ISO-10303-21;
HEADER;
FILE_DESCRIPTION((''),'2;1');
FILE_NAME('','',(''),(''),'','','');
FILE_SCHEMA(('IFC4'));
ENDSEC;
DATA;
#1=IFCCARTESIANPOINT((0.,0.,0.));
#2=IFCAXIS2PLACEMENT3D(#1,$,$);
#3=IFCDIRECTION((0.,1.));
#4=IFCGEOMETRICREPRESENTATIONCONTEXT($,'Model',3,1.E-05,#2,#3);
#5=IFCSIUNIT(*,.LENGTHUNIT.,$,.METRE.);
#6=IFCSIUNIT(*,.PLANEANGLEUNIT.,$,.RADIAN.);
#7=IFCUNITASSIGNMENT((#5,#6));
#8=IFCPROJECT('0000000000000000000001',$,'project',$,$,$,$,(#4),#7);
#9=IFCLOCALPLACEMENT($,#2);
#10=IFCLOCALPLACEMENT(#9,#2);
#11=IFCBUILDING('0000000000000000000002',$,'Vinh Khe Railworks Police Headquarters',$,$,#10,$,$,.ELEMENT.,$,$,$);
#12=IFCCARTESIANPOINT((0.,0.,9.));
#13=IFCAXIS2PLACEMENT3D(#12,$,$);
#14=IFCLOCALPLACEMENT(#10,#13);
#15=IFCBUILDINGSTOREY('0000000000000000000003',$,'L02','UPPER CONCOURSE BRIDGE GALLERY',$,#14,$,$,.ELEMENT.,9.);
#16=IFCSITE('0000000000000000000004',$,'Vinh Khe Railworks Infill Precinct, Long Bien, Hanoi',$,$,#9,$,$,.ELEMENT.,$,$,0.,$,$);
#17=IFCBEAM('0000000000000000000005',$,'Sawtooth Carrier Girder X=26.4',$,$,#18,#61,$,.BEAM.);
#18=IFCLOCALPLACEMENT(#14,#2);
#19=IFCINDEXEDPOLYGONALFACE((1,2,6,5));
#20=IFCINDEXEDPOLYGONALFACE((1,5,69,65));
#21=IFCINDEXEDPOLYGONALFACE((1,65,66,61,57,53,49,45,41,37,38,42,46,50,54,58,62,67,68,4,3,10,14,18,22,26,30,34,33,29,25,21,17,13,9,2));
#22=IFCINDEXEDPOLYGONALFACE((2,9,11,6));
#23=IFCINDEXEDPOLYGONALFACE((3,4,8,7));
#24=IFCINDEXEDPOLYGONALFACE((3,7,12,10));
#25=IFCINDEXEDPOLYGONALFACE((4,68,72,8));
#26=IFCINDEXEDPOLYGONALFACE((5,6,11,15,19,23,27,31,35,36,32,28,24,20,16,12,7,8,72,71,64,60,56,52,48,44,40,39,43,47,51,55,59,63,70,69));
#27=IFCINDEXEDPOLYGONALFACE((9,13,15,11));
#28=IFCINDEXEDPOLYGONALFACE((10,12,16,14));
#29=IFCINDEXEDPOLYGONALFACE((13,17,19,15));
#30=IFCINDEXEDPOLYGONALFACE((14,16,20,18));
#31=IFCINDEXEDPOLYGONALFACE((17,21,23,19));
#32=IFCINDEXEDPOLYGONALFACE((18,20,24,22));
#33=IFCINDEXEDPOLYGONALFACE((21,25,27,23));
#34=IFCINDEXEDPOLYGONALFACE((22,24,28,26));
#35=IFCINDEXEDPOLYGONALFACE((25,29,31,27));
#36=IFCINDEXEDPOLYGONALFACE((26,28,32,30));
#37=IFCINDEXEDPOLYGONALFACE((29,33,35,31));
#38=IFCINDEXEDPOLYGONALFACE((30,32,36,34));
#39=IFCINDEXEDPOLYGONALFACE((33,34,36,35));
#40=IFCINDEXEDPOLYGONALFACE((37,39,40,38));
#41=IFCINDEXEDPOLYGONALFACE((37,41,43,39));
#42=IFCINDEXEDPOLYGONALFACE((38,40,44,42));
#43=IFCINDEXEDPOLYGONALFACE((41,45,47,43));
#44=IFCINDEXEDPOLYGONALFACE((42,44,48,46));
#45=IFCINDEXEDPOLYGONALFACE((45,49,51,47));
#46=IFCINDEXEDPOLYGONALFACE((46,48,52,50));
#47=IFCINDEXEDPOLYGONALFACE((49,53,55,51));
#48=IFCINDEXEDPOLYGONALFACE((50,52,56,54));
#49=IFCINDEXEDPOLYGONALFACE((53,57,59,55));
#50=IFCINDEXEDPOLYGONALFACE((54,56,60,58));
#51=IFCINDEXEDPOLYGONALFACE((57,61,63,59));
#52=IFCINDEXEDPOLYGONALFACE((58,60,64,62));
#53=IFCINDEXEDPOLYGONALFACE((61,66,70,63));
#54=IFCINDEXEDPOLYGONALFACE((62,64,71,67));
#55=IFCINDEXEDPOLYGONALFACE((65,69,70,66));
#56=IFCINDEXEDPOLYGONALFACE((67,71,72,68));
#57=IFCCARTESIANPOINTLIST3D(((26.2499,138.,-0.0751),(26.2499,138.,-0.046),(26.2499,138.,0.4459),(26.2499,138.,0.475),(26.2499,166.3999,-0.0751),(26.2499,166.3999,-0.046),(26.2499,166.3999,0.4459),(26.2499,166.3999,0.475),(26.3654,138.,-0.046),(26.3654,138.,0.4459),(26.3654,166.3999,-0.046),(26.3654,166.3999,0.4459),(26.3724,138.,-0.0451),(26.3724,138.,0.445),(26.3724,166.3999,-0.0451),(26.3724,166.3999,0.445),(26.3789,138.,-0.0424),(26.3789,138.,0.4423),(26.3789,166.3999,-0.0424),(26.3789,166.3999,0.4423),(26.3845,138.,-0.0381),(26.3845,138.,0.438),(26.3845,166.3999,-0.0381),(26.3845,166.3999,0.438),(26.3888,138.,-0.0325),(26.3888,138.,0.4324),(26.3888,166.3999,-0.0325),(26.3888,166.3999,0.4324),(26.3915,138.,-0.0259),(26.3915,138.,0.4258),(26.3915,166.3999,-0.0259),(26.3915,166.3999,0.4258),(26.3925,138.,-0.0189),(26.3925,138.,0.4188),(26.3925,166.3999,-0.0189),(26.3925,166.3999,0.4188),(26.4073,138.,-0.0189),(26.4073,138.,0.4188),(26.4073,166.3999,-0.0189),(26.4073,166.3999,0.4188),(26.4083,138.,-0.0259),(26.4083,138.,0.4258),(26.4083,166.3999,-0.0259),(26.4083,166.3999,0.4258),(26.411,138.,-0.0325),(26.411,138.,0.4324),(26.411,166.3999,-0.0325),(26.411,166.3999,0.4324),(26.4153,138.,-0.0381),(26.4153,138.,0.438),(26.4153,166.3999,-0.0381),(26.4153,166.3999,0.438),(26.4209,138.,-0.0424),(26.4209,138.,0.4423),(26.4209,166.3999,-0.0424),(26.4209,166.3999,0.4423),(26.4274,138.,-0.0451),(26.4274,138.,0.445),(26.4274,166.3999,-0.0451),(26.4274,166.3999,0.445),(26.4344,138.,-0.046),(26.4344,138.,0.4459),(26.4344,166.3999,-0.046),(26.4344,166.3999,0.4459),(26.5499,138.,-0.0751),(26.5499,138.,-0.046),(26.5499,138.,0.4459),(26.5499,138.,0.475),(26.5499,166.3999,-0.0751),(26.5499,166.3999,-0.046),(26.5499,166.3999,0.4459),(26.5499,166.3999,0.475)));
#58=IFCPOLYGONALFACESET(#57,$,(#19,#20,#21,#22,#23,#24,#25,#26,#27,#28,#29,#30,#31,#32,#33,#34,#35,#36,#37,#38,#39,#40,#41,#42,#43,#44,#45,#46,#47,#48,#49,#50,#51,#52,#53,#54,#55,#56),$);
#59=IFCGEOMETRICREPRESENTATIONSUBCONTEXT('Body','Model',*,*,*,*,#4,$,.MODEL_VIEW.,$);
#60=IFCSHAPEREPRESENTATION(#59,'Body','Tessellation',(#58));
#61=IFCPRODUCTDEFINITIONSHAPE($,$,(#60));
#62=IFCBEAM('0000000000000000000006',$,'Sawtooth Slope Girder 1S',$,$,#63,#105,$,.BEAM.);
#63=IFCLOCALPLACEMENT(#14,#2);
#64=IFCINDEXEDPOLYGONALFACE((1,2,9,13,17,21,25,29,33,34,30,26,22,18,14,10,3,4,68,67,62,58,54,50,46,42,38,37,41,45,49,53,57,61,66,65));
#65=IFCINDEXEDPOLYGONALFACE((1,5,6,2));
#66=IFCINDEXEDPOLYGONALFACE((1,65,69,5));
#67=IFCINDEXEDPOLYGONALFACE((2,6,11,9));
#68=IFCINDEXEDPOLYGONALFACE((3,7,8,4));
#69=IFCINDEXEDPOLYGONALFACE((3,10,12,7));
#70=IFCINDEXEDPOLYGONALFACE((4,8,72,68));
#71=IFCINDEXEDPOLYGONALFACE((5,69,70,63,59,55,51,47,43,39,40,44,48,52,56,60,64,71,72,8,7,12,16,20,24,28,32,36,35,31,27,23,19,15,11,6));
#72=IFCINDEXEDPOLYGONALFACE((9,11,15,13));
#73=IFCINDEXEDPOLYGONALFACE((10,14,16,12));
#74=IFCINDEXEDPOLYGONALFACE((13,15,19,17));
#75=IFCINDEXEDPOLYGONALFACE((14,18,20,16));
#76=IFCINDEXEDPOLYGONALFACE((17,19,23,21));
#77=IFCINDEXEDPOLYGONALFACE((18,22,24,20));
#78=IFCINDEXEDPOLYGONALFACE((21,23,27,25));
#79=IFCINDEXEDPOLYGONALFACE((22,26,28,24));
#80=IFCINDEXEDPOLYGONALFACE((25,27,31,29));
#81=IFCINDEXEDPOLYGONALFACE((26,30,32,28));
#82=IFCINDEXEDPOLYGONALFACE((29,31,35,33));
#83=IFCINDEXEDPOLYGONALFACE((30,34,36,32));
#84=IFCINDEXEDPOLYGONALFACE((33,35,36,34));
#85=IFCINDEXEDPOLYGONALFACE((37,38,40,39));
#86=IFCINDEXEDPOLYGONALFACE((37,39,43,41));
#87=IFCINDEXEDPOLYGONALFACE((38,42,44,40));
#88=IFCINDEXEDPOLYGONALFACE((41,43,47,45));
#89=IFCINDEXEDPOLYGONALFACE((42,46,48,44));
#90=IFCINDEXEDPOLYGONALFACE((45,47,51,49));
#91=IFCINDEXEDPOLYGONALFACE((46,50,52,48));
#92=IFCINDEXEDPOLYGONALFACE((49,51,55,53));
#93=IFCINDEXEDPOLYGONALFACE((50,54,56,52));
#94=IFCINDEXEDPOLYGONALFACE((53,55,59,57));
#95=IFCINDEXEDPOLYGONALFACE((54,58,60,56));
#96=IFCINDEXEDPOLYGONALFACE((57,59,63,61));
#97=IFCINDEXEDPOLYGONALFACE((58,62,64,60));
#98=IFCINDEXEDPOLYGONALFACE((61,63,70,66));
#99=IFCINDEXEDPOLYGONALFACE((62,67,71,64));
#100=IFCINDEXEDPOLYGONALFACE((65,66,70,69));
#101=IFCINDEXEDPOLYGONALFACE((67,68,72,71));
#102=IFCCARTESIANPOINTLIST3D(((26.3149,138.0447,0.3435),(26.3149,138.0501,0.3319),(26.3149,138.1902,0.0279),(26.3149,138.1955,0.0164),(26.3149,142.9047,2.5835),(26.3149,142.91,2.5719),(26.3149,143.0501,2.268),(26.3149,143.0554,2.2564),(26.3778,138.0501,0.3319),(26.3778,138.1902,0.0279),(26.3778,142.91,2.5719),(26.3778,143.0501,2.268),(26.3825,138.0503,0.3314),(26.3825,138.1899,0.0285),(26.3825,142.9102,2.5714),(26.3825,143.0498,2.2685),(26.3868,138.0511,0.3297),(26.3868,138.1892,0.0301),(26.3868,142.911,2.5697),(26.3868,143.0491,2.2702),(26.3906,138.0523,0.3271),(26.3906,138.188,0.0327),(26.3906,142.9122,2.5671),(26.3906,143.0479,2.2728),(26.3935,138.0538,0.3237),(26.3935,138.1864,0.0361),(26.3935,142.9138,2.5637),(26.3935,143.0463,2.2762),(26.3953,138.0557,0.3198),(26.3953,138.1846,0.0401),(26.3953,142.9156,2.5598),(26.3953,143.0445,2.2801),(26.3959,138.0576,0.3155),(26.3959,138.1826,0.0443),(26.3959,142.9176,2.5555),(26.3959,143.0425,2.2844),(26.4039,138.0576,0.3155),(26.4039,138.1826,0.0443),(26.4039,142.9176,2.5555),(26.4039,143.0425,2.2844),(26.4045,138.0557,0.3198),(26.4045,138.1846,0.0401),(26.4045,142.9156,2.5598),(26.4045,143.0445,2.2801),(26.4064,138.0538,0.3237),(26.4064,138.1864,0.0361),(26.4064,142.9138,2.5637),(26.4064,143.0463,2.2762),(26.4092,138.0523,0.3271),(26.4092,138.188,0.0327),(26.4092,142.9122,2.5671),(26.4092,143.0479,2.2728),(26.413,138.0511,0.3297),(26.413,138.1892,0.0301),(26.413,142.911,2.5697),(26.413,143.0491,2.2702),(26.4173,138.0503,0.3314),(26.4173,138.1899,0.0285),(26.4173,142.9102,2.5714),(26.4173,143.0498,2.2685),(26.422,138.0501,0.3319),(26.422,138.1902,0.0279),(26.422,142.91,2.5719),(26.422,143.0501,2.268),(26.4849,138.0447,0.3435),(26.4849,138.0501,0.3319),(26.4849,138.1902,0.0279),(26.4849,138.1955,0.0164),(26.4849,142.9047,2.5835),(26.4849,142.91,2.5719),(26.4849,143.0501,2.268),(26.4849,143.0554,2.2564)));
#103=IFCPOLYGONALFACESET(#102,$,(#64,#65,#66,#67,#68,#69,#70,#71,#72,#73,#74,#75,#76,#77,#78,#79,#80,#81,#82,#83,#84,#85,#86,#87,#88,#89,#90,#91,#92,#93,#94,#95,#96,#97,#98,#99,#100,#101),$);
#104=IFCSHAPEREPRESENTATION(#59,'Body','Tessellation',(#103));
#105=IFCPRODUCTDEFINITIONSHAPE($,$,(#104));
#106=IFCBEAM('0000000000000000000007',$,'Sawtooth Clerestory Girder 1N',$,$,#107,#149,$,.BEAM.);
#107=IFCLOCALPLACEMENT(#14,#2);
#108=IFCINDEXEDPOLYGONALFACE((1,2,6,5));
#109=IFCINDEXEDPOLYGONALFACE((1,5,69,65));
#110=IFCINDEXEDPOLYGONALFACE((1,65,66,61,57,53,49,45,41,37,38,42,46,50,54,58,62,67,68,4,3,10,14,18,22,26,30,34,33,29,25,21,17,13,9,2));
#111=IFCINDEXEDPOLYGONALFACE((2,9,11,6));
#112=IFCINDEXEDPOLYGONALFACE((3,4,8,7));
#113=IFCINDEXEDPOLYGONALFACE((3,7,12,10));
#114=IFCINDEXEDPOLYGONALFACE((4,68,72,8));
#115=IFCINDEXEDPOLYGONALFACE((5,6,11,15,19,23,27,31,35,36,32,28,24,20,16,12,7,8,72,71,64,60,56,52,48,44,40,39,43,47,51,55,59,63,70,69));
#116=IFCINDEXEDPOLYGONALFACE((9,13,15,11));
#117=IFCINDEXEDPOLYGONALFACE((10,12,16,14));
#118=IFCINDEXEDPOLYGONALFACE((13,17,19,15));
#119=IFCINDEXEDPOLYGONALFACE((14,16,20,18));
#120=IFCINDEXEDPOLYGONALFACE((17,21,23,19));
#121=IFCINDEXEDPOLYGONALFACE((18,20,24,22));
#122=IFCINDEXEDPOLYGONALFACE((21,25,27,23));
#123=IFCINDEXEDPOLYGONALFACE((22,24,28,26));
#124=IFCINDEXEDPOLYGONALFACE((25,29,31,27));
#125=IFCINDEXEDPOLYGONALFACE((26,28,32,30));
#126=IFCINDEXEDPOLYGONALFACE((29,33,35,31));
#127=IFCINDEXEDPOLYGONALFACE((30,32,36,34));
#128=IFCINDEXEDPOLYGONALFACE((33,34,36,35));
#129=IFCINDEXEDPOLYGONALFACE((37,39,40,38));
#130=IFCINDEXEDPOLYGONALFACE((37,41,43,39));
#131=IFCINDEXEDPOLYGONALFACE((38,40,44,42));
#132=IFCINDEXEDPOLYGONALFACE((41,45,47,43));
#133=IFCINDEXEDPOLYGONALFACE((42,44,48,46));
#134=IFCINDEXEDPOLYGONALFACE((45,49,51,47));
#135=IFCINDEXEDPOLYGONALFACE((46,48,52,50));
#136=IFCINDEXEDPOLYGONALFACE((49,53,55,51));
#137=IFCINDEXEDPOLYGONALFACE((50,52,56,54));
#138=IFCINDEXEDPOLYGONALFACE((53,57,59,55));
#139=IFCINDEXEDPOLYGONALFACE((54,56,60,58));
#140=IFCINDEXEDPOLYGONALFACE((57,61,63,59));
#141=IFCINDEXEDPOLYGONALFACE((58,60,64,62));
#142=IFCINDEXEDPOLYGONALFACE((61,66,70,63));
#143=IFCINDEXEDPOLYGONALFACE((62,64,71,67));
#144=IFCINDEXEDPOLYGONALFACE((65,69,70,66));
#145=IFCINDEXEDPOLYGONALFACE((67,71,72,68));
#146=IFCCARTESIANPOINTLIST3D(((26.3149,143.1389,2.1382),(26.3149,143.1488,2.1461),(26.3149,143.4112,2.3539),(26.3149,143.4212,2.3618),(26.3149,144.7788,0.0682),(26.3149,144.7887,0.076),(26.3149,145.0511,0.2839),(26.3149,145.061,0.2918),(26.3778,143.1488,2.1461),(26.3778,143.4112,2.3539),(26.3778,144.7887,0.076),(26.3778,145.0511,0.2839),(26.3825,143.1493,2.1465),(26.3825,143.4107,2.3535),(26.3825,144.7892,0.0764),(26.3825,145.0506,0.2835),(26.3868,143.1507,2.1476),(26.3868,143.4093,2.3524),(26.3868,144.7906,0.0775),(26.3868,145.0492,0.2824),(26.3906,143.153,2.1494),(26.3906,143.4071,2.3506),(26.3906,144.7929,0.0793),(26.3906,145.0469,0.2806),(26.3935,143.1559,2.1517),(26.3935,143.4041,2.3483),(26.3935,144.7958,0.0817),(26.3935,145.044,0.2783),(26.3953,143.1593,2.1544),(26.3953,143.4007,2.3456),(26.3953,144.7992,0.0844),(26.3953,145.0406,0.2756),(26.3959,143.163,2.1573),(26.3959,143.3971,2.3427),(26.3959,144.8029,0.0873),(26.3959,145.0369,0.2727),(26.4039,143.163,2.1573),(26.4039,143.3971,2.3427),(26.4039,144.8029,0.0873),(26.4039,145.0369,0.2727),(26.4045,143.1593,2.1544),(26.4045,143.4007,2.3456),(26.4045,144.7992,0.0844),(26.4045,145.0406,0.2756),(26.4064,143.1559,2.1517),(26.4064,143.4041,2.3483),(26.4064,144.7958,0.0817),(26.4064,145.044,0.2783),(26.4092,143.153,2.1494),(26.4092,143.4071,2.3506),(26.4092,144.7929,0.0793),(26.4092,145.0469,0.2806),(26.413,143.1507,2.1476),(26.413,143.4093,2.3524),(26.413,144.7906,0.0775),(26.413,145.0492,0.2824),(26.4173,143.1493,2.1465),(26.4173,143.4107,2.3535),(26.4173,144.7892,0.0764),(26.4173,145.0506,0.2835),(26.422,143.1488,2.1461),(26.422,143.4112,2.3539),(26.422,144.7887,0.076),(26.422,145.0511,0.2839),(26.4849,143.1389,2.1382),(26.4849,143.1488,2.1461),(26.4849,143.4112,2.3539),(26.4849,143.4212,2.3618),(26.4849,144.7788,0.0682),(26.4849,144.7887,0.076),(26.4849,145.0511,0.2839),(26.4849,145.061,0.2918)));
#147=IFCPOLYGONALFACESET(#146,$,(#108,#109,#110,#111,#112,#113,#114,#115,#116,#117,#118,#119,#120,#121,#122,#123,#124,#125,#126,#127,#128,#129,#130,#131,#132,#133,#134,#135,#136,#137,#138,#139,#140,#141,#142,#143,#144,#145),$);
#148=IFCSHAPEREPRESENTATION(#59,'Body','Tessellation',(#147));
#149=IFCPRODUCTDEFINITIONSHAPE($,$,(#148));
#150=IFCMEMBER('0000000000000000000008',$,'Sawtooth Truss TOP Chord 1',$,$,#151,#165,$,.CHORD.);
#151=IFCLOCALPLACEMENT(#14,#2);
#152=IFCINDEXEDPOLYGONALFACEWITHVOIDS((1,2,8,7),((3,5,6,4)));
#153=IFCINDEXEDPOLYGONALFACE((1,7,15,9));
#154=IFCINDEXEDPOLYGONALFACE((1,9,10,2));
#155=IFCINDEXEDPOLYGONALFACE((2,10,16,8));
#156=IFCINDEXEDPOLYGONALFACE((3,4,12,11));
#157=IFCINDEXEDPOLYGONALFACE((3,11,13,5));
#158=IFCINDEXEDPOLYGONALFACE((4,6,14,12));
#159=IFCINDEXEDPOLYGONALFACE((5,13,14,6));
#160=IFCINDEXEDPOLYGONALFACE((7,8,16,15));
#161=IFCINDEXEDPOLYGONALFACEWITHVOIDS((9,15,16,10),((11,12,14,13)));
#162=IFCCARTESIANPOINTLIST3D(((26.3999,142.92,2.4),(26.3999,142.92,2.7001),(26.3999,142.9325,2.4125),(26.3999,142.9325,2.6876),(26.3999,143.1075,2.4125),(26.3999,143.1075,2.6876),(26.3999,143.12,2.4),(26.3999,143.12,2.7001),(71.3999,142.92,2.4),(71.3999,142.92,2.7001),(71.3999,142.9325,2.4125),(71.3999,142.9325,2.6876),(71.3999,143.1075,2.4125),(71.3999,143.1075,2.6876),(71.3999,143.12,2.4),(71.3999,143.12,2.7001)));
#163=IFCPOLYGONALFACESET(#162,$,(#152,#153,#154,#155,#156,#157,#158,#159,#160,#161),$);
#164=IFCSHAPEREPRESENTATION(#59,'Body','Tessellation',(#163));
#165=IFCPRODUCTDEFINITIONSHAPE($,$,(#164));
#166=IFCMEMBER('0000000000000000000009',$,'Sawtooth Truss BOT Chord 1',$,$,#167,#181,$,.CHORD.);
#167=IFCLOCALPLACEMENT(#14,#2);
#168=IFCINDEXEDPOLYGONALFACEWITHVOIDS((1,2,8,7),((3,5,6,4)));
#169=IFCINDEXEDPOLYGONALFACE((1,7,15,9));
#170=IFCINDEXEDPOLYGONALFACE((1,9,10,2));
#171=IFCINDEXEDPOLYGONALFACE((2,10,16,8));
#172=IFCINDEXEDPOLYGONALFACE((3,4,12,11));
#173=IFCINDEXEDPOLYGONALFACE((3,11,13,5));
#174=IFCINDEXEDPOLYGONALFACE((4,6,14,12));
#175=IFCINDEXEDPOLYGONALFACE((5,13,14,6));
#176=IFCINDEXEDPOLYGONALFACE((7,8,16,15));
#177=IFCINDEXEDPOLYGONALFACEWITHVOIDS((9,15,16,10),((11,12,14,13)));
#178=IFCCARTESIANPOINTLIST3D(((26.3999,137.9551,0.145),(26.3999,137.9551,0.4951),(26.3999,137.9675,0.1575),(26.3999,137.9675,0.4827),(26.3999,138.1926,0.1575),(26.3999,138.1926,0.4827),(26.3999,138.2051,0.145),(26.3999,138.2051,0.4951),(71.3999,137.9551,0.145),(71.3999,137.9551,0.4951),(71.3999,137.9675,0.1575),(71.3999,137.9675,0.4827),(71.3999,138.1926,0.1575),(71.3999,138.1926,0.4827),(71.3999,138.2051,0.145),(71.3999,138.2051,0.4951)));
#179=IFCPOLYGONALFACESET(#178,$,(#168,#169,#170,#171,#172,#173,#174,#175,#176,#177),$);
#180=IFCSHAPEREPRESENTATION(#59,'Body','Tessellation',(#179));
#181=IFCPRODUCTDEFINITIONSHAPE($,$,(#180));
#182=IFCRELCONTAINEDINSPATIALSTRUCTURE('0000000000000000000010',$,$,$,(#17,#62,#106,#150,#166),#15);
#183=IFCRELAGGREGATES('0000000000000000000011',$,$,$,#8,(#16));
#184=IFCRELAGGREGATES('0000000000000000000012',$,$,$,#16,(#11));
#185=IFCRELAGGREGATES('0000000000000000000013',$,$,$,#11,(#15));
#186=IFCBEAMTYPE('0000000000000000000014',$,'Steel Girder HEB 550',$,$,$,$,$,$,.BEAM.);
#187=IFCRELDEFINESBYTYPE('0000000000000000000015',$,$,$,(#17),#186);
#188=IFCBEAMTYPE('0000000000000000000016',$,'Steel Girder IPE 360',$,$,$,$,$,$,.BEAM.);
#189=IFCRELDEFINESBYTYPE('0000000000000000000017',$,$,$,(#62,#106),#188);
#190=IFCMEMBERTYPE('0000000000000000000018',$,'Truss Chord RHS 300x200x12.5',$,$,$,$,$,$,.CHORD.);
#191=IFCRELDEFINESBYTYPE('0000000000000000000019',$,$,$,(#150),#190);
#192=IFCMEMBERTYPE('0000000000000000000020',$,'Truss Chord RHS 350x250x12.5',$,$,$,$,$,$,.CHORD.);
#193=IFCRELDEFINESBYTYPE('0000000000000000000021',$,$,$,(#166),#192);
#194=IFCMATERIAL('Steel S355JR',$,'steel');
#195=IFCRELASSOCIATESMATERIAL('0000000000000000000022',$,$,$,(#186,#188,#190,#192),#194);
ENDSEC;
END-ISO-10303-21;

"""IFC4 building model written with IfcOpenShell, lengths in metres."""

from ifc_helpers import new_model, si_unit, direction, frame, origin, origin_2d, place, context, subcontext, project, spatial, hollow_rectangle, i_section, extrude, material, material_profile, profile_set, type_object, element, save


model = new_model("IFC4")

# Units and contexts
model_context = context("Model", 3, precision=1e-05, world=origin(), true_north=direction((0.0, 1.0)))
body_context = subcontext(model_context, "Body", "Model", "MODEL_VIEW")
ifc_project = project(units=[si_unit("LENGTHUNIT", "METRE"), si_unit("PLANEANGLEUNIT", "RADIAN")], contexts=[model_context])

# Site, building, storey
site_placement = place(None, origin())
site = spatial("IfcSite", under=ifc_project, at=site_placement, Name="Vinh Khe Railworks Infill Precinct, Long Bien, Hanoi", CompositionType="ELEMENT", RefElevation=0.0)
building_placement = place(site_placement, origin())
building = spatial("IfcBuilding", under=site, at=building_placement, Name="Vinh Khe Railworks Police Headquarters", CompositionType="ELEMENT")
storey_placement = place(building_placement, frame((0.0, 0.0, 9.0)))
storey = spatial("IfcBuildingStorey", under=building, at=storey_placement, Name="L02", Description="UPPER CONCOURSE BRIDGE GALLERY", CompositionType="ELEMENT", Elevation=9.0)

# Shared definitions
ifc_material_1 = material(Name="Steel S355JR", Category="steel")

# Beams
ifc_material_profile_1 = material_profile(ifc_material_1, i_section(OverallWidth=0.3, OverallDepth=0.55, WebThickness=0.0149, FlangeThickness=0.0291, FilletRadius=0.0271, at=origin_2d()), Name="HEB 550")
ifc_profile_set_1 = profile_set([ifc_material_profile_1], Name="Steel S355JR")
beam_type_1 = type_object("IfcBeamType", Name="Steel Girder HEB 550", PredefinedType="BEAM", material=ifc_profile_set_1)
beam_1_placement = place(storey_placement, frame((26.3999, 138.0, 0.2), z_axis=(0.0, 1.0, 0.0), x_axis=(-1.0, 0.0, 0.0)))
element("IfcBeam", 1, at=beam_1_placement, inside=storey, type_object=beam_type_1, Name="Sawtooth Carrier Girder X=26.4", PredefinedType="BEAM", context=body_context, shape_type="SweptSolid", body=[
    extrude(i_section(OverallWidth=0.3, OverallDepth=0.55, WebThickness=0.0149, FlangeThickness=0.0291, FilletRadius=0.0271, at=origin_2d()), origin(), (0.0, 0.0, 1.0), 28.3999),
])
ifc_material_profile_2 = material_profile(ifc_material_1, i_section(OverallWidth=0.1699, OverallDepth=0.3601, WebThickness=0.0081, FlangeThickness=0.0127, FilletRadius=0.0181, at=origin_2d()), Name="IPE 360")
ifc_profile_set_2 = profile_set([ifc_material_profile_2], Name="Steel S355JR")
beam_type_2 = type_object("IfcBeamType", Name="Steel Girder IPE 360", PredefinedType="BEAM", material=ifc_profile_set_2)
beam_2_placement = place(storey_placement, frame((26.3999, 138.1201, 0.1799), z_axis=(0.0, 0.908174, 0.418592), x_axis=(-1.0, 0.0, 0.0)))
element("IfcBeam", 2, at=beam_2_placement, inside=storey, type_object=beam_type_2, Name="Sawtooth Slope Girder 1S", PredefinedType="BEAM", context=body_context, shape_type="SweptSolid", body=[
    extrude(i_section(OverallWidth=0.1699, OverallDepth=0.3601, WebThickness=0.0081, FlangeThickness=0.0127, FilletRadius=0.0181, at=origin_2d()), origin(), (0.0, 0.0, 1.0), 5.3513),
])
beam_3_placement = place(storey_placement, frame((26.3999, 143.28, 2.25), z_axis=(0.0, 0.620956, -0.783845), x_axis=(-1.0, 0.0, 0.0)))
element("IfcBeam", 3, at=beam_3_placement, inside=storey, type_object=beam_type_2, Name="Sawtooth Clerestory Girder 1N", PredefinedType="BEAM", context=body_context, shape_type="SweptSolid", body=[
    extrude(i_section(OverallWidth=0.1699, OverallDepth=0.3601, WebThickness=0.0081, FlangeThickness=0.0127, FilletRadius=0.0181, at=origin_2d()), origin(), (0.0, 0.0, 1.0), 2.6409),
])

# Members
ifc_material_profile_3 = material_profile(ifc_material_1, hollow_rectangle(XDim=0.2, YDim=0.3, WallThickness=0.0125, at=origin_2d()), Name="RHS 300x200x12.5")
ifc_profile_set_3 = profile_set([ifc_material_profile_3], Name="Steel S355JR")
member_type_1 = type_object("IfcMemberType", Name="Truss Chord RHS 300x200x12.5", PredefinedType="CHORD", material=ifc_profile_set_3)
member_1_placement = place(storey_placement, frame((26.3999, 143.02, 2.55), z_axis=(1.0, 0.0, 0.0), x_axis=(0.0, 1.0, 0.0)))
element("IfcMember", 4, at=member_1_placement, inside=storey, type_object=member_type_1, Name="Sawtooth Truss TOP Chord 1", PredefinedType="CHORD", context=body_context, shape_type="SweptSolid", body=[
    extrude(hollow_rectangle(XDim=0.2, YDim=0.3, WallThickness=0.0125, at=origin_2d()), origin(), (0.0, 0.0, 1.0), 45.0),
])
ifc_material_profile_4 = material_profile(ifc_material_1, hollow_rectangle(XDim=0.25, YDim=0.3501, WallThickness=0.0125, at=origin_2d()), Name="RHS 350x250x12.5")
ifc_profile_set_4 = profile_set([ifc_material_profile_4], Name="Steel S355JR")
member_type_2 = type_object("IfcMemberType", Name="Truss Chord RHS 350x250x12.5", PredefinedType="CHORD", material=ifc_profile_set_4)
for number, where, z_axis, x_axis, name in (
    (5, (26.3999, 138.0801, 0.3201), (1.0, 0.0, 0.0), (0.0, 1.0, 0.0), "Sawtooth Truss BOT Chord 1"),
):
    element("IfcMember", number, at=place(storey_placement, frame(where, z_axis=z_axis, x_axis=x_axis)), inside=storey, type_object=member_type_2, Name=name, PredefinedType="CHORD", context=body_context, shape_type="SweptSolid", body=[
        extrude(hollow_rectangle(XDim=0.25, YDim=0.3501, WallThickness=0.0125, at=origin_2d()), origin(), (0.0, 0.0, 1.0), 45.0),
    ])

save(model, "model.ifc")
